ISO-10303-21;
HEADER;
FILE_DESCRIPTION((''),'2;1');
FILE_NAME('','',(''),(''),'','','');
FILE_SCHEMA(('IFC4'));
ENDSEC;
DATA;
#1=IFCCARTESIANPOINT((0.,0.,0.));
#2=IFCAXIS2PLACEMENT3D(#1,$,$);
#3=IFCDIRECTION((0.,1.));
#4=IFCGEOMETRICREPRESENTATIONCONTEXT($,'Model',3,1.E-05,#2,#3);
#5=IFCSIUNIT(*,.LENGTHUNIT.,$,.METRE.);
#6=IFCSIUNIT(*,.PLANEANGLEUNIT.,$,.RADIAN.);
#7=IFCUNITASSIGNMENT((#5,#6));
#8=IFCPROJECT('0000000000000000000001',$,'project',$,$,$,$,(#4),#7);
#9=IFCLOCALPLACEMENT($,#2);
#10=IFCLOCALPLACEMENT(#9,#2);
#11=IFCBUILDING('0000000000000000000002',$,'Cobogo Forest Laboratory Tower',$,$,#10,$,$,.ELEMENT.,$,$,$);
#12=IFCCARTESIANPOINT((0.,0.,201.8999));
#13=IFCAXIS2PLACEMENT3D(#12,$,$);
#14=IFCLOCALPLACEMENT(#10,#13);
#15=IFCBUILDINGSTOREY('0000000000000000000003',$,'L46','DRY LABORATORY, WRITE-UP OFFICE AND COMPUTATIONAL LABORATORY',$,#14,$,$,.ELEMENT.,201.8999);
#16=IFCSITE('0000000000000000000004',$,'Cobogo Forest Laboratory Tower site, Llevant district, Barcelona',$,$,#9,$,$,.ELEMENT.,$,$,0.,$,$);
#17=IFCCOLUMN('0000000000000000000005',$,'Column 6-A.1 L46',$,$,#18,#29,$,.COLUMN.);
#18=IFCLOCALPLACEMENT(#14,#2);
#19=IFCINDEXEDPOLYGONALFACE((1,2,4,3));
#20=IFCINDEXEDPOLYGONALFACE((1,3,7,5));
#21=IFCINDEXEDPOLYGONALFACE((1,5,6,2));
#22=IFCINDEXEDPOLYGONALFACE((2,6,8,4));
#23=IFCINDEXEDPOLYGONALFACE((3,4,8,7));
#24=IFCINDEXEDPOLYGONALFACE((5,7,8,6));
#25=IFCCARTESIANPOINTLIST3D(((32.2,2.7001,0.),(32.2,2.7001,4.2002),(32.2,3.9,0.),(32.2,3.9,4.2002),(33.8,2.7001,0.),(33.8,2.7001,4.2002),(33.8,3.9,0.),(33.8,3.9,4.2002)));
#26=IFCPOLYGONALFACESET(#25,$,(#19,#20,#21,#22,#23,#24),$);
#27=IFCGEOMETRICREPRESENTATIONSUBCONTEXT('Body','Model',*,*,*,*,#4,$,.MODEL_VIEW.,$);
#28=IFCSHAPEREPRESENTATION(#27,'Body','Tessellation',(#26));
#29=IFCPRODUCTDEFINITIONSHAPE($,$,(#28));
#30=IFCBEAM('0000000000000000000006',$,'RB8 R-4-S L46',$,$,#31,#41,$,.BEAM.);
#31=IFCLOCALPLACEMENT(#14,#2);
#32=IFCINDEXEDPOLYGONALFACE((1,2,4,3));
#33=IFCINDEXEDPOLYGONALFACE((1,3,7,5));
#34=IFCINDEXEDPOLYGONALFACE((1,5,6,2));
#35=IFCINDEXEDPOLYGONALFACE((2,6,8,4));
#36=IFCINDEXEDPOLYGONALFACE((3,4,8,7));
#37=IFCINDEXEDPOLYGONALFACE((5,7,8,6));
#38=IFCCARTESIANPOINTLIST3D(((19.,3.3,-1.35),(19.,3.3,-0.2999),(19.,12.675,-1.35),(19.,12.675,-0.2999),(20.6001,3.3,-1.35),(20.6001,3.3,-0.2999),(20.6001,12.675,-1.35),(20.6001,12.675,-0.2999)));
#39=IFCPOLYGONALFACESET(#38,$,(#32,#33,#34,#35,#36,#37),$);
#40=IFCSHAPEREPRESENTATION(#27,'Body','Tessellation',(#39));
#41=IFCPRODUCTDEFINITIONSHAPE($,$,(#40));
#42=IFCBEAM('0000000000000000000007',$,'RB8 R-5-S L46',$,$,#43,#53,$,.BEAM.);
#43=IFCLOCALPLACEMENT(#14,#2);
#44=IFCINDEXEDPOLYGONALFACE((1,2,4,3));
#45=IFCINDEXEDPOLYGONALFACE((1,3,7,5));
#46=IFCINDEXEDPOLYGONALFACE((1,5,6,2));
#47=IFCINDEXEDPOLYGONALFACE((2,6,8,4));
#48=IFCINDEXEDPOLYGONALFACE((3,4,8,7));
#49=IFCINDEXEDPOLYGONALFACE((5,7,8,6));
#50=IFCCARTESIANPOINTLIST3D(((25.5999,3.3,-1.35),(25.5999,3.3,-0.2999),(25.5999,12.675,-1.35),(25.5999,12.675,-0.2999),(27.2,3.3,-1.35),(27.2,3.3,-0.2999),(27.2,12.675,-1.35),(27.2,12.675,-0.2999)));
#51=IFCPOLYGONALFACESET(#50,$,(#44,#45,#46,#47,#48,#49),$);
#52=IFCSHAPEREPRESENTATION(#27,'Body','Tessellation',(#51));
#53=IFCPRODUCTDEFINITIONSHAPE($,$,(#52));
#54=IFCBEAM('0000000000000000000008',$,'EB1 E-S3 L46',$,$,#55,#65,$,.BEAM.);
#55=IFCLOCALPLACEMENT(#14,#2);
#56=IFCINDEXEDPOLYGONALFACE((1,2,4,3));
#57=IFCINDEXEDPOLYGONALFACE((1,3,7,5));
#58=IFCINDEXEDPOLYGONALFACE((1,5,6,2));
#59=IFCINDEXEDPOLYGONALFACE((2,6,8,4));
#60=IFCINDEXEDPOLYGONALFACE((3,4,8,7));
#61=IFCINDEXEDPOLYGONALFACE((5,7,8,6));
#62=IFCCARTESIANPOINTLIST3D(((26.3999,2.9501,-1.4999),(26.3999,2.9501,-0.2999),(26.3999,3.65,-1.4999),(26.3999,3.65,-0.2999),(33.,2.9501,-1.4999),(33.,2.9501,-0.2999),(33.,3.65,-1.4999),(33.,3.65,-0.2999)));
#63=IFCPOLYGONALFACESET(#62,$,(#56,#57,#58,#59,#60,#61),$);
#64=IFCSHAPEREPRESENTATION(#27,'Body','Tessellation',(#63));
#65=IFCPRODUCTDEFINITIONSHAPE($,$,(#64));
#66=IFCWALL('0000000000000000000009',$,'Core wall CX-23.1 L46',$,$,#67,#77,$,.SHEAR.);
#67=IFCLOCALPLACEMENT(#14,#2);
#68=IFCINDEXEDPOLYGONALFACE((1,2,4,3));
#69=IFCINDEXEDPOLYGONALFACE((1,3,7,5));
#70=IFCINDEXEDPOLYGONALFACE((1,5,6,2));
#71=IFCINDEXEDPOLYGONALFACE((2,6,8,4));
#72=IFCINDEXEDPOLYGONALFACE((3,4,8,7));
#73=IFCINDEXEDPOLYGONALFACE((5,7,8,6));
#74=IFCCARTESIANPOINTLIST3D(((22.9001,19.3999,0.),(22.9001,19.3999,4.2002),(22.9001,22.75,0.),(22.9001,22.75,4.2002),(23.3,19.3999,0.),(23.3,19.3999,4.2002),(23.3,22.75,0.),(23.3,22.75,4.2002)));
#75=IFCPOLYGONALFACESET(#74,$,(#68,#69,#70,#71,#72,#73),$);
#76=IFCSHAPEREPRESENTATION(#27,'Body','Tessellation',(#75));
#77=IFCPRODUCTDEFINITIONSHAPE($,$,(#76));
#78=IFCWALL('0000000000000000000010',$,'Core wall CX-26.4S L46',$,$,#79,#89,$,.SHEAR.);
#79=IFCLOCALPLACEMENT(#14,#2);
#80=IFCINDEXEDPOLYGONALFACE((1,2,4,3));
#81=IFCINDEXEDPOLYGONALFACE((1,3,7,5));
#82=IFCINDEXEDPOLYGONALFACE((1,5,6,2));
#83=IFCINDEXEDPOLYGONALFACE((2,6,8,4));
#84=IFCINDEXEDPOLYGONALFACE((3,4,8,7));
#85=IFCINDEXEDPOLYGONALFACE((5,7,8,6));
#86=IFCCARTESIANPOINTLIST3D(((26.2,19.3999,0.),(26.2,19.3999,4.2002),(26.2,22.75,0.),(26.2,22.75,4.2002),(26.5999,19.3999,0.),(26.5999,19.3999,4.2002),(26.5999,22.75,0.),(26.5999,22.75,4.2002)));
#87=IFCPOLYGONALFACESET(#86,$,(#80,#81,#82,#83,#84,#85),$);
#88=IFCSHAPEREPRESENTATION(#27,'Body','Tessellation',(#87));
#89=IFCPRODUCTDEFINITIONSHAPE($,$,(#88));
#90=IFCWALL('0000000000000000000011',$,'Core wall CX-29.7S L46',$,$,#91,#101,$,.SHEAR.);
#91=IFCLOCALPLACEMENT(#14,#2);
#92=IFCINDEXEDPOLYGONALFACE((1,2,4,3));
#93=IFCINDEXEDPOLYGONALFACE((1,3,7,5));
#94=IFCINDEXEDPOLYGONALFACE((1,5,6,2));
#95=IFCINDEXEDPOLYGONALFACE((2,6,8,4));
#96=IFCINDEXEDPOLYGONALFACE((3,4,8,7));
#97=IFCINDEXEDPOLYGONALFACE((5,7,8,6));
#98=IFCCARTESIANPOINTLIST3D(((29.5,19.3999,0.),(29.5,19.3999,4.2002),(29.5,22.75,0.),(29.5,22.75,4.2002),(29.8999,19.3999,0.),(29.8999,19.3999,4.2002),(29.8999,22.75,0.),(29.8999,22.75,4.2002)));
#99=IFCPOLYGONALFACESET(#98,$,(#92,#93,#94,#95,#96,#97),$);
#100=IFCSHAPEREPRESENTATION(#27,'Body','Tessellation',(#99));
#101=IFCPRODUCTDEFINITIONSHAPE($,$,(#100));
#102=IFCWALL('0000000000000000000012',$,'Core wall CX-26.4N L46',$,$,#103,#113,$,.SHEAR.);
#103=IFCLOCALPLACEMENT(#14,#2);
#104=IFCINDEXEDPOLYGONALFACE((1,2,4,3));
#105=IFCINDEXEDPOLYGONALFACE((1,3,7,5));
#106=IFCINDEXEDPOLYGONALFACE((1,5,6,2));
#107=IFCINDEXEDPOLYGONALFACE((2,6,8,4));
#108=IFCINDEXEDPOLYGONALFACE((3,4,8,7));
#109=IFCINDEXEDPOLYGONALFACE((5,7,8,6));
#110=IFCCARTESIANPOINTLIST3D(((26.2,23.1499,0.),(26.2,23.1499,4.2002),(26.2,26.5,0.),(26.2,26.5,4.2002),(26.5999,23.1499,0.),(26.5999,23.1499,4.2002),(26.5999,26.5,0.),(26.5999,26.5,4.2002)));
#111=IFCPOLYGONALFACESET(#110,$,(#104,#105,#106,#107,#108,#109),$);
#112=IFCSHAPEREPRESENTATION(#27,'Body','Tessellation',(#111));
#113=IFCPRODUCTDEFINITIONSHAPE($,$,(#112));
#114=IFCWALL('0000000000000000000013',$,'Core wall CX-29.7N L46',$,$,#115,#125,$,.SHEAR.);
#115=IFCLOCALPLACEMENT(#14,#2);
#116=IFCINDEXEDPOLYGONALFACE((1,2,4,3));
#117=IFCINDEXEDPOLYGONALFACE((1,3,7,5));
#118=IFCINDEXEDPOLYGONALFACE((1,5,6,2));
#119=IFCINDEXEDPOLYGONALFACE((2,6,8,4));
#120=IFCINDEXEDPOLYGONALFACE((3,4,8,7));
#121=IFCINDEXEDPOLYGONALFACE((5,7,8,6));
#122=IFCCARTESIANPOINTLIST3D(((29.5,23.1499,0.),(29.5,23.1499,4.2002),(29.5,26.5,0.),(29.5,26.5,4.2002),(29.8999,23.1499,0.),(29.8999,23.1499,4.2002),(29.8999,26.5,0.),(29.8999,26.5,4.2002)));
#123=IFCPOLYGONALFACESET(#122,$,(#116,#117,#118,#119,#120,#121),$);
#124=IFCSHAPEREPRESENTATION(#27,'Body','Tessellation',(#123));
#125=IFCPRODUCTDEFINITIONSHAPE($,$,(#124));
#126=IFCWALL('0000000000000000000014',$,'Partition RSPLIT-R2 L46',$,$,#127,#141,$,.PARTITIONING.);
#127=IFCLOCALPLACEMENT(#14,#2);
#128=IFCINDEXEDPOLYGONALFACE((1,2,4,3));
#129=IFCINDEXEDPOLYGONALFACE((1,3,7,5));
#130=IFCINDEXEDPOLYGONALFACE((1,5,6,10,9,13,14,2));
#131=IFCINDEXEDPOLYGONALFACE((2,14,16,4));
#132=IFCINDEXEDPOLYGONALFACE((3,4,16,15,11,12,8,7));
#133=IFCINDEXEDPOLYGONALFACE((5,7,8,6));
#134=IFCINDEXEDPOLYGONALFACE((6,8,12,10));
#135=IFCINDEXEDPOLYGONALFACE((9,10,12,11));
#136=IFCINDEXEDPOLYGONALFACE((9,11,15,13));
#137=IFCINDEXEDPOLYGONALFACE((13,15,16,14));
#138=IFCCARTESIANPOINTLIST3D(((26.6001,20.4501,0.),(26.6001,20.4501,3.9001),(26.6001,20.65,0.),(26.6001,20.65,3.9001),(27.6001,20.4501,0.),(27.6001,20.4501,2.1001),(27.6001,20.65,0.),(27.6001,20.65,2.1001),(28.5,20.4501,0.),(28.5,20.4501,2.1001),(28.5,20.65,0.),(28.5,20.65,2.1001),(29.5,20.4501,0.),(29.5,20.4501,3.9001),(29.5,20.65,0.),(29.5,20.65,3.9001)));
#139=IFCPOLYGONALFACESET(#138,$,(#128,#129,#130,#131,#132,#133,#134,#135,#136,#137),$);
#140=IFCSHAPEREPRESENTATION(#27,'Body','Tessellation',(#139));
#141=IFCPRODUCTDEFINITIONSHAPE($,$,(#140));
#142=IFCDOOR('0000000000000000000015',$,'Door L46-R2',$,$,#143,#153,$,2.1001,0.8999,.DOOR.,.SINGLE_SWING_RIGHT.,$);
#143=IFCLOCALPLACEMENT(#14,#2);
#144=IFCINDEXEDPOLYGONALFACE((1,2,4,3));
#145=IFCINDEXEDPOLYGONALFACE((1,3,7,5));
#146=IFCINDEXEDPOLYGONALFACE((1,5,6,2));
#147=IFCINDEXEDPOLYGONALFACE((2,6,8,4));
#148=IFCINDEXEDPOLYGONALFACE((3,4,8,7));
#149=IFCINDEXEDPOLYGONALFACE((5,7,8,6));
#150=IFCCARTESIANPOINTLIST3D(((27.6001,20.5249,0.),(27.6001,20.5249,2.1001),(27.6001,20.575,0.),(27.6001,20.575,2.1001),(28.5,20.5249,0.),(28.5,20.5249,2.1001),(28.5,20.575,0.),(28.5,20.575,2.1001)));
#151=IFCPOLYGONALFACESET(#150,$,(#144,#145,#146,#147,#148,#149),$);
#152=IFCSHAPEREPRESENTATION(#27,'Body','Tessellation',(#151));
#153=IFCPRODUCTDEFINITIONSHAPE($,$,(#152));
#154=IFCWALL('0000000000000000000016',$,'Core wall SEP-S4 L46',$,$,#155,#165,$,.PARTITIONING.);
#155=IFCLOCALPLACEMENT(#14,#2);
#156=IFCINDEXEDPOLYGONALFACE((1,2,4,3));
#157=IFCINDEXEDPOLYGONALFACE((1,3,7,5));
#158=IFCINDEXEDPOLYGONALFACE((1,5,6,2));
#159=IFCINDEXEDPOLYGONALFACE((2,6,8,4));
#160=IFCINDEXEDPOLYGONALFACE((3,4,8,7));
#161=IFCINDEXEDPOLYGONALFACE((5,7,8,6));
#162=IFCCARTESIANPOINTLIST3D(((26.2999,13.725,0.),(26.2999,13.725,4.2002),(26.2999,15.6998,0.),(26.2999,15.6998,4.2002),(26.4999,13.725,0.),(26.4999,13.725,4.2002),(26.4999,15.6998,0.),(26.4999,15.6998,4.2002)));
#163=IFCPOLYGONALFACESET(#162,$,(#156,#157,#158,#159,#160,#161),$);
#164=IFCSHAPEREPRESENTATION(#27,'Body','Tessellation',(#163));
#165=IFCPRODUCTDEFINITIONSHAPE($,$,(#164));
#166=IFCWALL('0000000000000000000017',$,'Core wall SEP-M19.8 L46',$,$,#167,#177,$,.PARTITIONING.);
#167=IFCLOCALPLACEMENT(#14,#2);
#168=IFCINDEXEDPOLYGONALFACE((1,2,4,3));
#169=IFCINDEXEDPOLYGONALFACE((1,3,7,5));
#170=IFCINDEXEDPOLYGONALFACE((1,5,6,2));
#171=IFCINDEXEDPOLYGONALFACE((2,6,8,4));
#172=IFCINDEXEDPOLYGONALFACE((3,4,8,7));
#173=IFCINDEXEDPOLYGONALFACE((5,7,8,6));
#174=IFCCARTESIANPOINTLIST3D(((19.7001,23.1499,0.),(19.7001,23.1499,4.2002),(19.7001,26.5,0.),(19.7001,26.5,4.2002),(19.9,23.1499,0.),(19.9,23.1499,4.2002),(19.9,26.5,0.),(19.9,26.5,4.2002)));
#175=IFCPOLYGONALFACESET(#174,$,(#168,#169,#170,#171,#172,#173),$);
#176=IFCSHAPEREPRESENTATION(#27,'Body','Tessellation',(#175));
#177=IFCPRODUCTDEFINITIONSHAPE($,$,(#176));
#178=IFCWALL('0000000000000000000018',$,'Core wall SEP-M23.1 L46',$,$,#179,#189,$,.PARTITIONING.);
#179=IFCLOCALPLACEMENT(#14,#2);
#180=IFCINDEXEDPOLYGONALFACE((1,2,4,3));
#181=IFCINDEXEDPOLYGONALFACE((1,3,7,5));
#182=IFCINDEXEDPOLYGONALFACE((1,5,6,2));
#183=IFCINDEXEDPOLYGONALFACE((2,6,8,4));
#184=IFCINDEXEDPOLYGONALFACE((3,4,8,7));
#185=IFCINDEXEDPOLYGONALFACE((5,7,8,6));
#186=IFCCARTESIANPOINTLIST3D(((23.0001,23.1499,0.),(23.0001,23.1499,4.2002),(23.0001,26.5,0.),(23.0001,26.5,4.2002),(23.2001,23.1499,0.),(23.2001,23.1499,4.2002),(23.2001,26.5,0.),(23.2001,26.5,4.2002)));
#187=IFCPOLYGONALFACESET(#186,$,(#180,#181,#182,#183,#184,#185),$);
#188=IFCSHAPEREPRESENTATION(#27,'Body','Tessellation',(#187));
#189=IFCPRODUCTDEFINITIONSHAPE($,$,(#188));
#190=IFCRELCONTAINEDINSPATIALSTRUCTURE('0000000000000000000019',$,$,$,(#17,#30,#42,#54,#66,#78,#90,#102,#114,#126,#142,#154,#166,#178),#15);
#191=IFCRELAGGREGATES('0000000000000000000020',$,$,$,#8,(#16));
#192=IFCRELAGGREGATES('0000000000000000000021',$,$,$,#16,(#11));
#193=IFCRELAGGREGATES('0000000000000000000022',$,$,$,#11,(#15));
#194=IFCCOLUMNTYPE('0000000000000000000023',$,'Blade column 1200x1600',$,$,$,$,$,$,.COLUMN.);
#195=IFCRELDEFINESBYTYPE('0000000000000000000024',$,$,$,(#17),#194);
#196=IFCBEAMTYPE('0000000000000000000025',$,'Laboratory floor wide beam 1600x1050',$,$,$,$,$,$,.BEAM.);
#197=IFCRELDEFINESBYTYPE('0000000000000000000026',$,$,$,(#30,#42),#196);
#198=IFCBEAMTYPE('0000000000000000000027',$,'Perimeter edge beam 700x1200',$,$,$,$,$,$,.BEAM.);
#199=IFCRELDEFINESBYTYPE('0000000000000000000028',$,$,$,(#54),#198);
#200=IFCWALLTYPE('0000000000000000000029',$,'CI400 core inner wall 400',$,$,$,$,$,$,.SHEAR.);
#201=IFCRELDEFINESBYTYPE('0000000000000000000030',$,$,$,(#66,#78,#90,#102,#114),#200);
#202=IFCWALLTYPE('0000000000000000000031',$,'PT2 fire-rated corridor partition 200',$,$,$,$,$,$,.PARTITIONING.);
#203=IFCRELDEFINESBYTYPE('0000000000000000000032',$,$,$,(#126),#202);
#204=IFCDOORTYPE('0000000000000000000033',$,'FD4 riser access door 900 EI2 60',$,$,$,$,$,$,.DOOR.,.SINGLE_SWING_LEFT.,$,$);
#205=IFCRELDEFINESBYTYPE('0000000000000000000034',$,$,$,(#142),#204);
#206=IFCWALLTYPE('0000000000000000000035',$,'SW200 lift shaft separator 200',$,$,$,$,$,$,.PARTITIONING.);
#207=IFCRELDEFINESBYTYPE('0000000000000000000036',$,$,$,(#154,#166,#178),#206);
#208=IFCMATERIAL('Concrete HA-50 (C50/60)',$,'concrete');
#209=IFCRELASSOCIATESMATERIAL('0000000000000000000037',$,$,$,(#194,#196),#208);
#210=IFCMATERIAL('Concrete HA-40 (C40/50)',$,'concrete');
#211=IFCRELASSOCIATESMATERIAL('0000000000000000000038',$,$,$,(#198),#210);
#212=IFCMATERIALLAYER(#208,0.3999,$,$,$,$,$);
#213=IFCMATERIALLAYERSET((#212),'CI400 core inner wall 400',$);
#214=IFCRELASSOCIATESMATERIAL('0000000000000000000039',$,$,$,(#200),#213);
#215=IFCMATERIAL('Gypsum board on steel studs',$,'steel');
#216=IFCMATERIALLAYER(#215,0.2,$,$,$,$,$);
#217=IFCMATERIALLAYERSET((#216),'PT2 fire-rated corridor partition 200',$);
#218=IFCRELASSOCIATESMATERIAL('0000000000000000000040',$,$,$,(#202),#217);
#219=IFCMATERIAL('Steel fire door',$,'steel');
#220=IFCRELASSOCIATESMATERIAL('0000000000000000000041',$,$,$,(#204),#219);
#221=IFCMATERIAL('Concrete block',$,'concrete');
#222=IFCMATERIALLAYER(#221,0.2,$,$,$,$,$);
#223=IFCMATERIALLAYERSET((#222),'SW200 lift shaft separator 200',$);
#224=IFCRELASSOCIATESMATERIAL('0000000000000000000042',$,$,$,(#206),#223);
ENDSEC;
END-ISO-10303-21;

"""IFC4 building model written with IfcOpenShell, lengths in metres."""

from ifc_helpers import new_model, si_unit, direction, frame, frame_2d, origin, origin_2d, place, context, subcontext, project, spatial, rectangle, extrude, material, layer, layer_set, material_profile, profile_set, type_object, element, fill, save


model = new_model("IFC4")

# Units and contexts
model_context = context("Model", 3, precision=1e-05, world=origin(), true_north=direction((0.0, 1.0)))
body_context = subcontext(model_context, "Body", "Model", "MODEL_VIEW")
ifc_project = project(units=[si_unit("LENGTHUNIT", "METRE"), si_unit("PLANEANGLEUNIT", "RADIAN")], contexts=[model_context])

# Site, building, storey
site_placement = place(None, origin())
site = spatial("IfcSite", under=ifc_project, at=site_placement, Name="Cobogo Forest Laboratory Tower site, Llevant district, Barcelona", CompositionType="ELEMENT", RefElevation=0.0)
building_placement = place(site_placement, origin())
building = spatial("IfcBuilding", under=site, at=building_placement, Name="Cobogo Forest Laboratory Tower", CompositionType="ELEMENT")
storey_placement = place(building_placement, frame((0.0, 0.0, 201.8999)))
storey = spatial("IfcBuildingStorey", under=building, at=storey_placement, Name="L46", Description="DRY LABORATORY, WRITE-UP OFFICE AND COMPUTATIONAL LABORATORY", CompositionType="ELEMENT", Elevation=201.8999)

# Column
ifc_material_1 = material(Name="Concrete HA-50 (C50/60)", Category="concrete")
ifc_material_profile_1 = material_profile(ifc_material_1, rectangle(XDim=1.6001, YDim=1.2, at=origin_2d()), Name="RC 1200x1600")
ifc_profile_set_1 = profile_set([ifc_material_profile_1], Name="Concrete HA-50 (C50/60)")
column_type = type_object("IfcColumnType", Name="Blade column 1200x1600", PredefinedType="COLUMN", material=ifc_profile_set_1)
column_placement = place(storey_placement, frame((33.0, 3.3, 0.0), z_axis=(0.0, 0.0, 1.0), x_axis=(1.0, 0.0, 0.0)))
element("IfcColumn", 1, at=column_placement, inside=storey, type_object=column_type, Name="Column 6-A.1 L46", PredefinedType="COLUMN", context=body_context, shape_type="SweptSolid", body=[
    extrude(rectangle(XDim=1.6001, YDim=1.2, at=origin_2d()), origin(), (0.0, 0.0, 1.0), 4.2002),
])

# Beams
ifc_material_profile_2 = material_profile(ifc_material_1, rectangle(XDim=1.6001, YDim=1.05, at=origin_2d()), Name="RC 1600x1050")
ifc_profile_set_2 = profile_set([ifc_material_profile_2], Name="Concrete HA-50 (C50/60)")
beam_type_1 = type_object("IfcBeamType", Name="Laboratory floor wide beam 1600x1050", PredefinedType="BEAM", material=ifc_profile_set_2)
for number, where, z_axis, x_axis, name in (
    (2, (19.8, 12.675, -0.825), (0.0, -1.0, 0.0), (1.0, 0.0, 0.0), "RB8 R-4-S L46"),
    (3, (26.3999, 12.675, -0.825), (0.0, -1.0, 0.0), (1.0, 0.0, 0.0), "RB8 R-5-S L46"),
):
    element("IfcBeam", number, at=place(storey_placement, frame(where, z_axis=z_axis, x_axis=x_axis)), inside=storey, type_object=beam_type_1, Name=name, PredefinedType="BEAM", context=body_context, shape_type="SweptSolid", body=[
        extrude(rectangle(XDim=1.6001, YDim=1.05, at=origin_2d()), origin(), (0.0, 0.0, 1.0), 9.375),
    ])
ifc_material_2 = material(Name="Concrete HA-40 (C40/50)", Category="concrete")
ifc_material_profile_3 = material_profile(ifc_material_2, rectangle(XDim=0.7, YDim=1.2, at=origin_2d()), Name="RC 700x1200")
ifc_profile_set_3 = profile_set([ifc_material_profile_3], Name="Concrete HA-40 (C40/50)")
beam_type_2 = type_object("IfcBeamType", Name="Perimeter edge beam 700x1200", PredefinedType="BEAM", material=ifc_profile_set_3)
beam_placement = place(storey_placement, frame((26.3999, 3.3, -0.8999), z_axis=(1.0, 0.0, 0.0), x_axis=(0.0, 1.0, 0.0)))
element("IfcBeam", 4, at=beam_placement, inside=storey, type_object=beam_type_2, Name="EB1 E-S3 L46", PredefinedType="BEAM", context=body_context, shape_type="SweptSolid", body=[
    extrude(rectangle(XDim=0.7, YDim=1.2, at=origin_2d()), origin(), (0.0, 0.0, 1.0), 6.6001),
])

# Walls
ifc_layer_1 = layer(ifc_material_1, 0.3999)
ifc_layer_set_1 = layer_set([ifc_layer_1], Name="CI400 core inner wall 400")
wall_type_1 = type_object("IfcWallType", Name="CI400 core inner wall 400", PredefinedType="SHEAR", material=ifc_layer_set_1)
for number, where, z_axis, x_axis, name in (
    (5, (23.1001, 19.3999, 0.0), (0.0, 0.0, 1.0), (0.0, 1.0, 0.0), "Core wall CX-23.1 L46"),
    (6, (26.3999, 19.3999, 0.0), (0.0, 0.0, 1.0), (0.0, 1.0, 0.0), "Core wall CX-26.4S L46"),
    (7, (29.7, 19.3999, 0.0), (0.0, 0.0, 1.0), (0.0, 1.0, 0.0), "Core wall CX-29.7S L46"),
    (8, (26.3999, 23.1499, 0.0), (0.0, 0.0, 1.0), (0.0, 1.0, 0.0), "Core wall CX-26.4N L46"),
    (9, (29.7, 23.1499, 0.0), (0.0, 0.0, 1.0), (0.0, 1.0, 0.0), "Core wall CX-29.7N L46"),
):
    element("IfcWall", number, at=place(storey_placement, frame(where, z_axis=z_axis, x_axis=x_axis)), inside=storey, type_object=wall_type_1, Name=name, PredefinedType="SHEAR", context=body_context, shape_type="SweptSolid", body=[
        extrude(rectangle(XDim=3.3501, YDim=0.3999, at=frame_2d((1.675, 0.0))), origin(), (0.0, 0.0, 1.0), 4.2002),
    ])

# Wall, opening, door
ifc_material_3 = material(Name="Gypsum board on steel studs", Category="steel")
ifc_layer_2 = layer(ifc_material_3, 0.2)
ifc_layer_set_2 = layer_set([ifc_layer_2], Name="PT2 fire-rated corridor partition 200")
wall_type_2 = type_object("IfcWallType", Name="PT2 fire-rated corridor partition 200", PredefinedType="PARTITIONING", material=ifc_layer_set_2)
wall_1_placement = place(storey_placement, frame((26.6001, 20.55, 0.0), z_axis=(0.0, 0.0, 1.0), x_axis=(1.0, 0.0, 0.0)))
wall_1 = element("IfcWall", 10, at=wall_1_placement, inside=storey, type_object=wall_type_2, Name="Partition RSPLIT-R2 L46", PredefinedType="PARTITIONING", context=body_context, shape_type="SweptSolid", body=[
    extrude(rectangle(XDim=2.8999, YDim=0.2, at=frame_2d((1.45, 0.0))), origin(), (0.0, 0.0, 1.0), 3.9001),
])
opening_placement = place(wall_1_placement, frame((1.0, 0.0, 0.0)))
opening = element("IfcOpeningElement", 11, at=opening_placement, cuts=wall_1, PredefinedType="OPENING", context=body_context, shape_type="SweptSolid", body=[
    extrude(rectangle(XDim=0.8999, YDim=2.1001, at=frame_2d((0.45, 1.05))), frame((0.0, 0.1099, 0.0), z_axis=(0.0, -1.0, 0.0), x_axis=(1.0, 0.0, 0.0)), (0.0, 0.0, 1.0), 0.22),
])
ifc_material_4 = material(Name="Steel fire door", Category="steel")
door_type = type_object("IfcDoorType", Name="FD4 riser access door 900 EI2 60", OperationType="SINGLE_SWING_LEFT", PredefinedType="DOOR", material=ifc_material_4)
door_placement = place(opening_placement, origin())
door = element("IfcDoor", 12, at=door_placement, inside=storey, type_object=door_type, Name="Door L46-R2", OperationType="SINGLE_SWING_RIGHT", OverallHeight=2.1001, OverallWidth=0.8999, PredefinedType="DOOR", context=body_context, shape_type="SweptSolid", body=[
    extrude(rectangle(XDim=0.8999, YDim=2.1001, at=frame_2d((0.45, 1.05))), frame((0.0, 0.0249, 0.0), z_axis=(0.0, -1.0, 0.0), x_axis=(1.0, 0.0, 0.0)), (0.0, 0.0, 1.0), 0.05),
])
fill(opening, door)

# Walls
ifc_material_5 = material(Name="Concrete block", Category="concrete")
ifc_layer_3 = layer(ifc_material_5, 0.2)
ifc_layer_set_3 = layer_set([ifc_layer_3], Name="SW200 lift shaft separator 200")
wall_type_3 = type_object("IfcWallType", Name="SW200 lift shaft separator 200", PredefinedType="PARTITIONING", material=ifc_layer_set_3)
wall_2_placement = place(storey_placement, frame((26.3999, 13.7251, 0.0), z_axis=(0.0, 0.0, 1.0), x_axis=(0.0, 1.0, 0.0)))
element("IfcWall", 13, at=wall_2_placement, inside=storey, type_object=wall_type_3, Name="Core wall SEP-S4 L46", PredefinedType="PARTITIONING", context=body_context, shape_type="SweptSolid", body=[
    extrude(rectangle(XDim=1.9749, YDim=0.2, at=frame_2d((0.9873, 0.0))), origin(), (0.0, 0.0, 1.0), 4.2002),
])
for number, where, z_axis, x_axis, name in (
    (14, (19.8, 23.1499, 0.0), (0.0, 0.0, 1.0), (0.0, 1.0, 0.0), "Core wall SEP-M19.8 L46"),
    (15, (23.1001, 23.1499, 0.0), (0.0, 0.0, 1.0), (0.0, 1.0, 0.0), "Core wall SEP-M23.1 L46"),
):
    element("IfcWall", number, at=place(storey_placement, frame(where, z_axis=z_axis, x_axis=x_axis)), inside=storey, type_object=wall_type_3, Name=name, PredefinedType="PARTITIONING", context=body_context, shape_type="SweptSolid", body=[
        extrude(rectangle(XDim=3.3501, YDim=0.2, at=frame_2d((1.675, 0.0))), origin(), (0.0, 0.0, 1.0), 4.2002),
    ])

save(model, "model.ifc")
